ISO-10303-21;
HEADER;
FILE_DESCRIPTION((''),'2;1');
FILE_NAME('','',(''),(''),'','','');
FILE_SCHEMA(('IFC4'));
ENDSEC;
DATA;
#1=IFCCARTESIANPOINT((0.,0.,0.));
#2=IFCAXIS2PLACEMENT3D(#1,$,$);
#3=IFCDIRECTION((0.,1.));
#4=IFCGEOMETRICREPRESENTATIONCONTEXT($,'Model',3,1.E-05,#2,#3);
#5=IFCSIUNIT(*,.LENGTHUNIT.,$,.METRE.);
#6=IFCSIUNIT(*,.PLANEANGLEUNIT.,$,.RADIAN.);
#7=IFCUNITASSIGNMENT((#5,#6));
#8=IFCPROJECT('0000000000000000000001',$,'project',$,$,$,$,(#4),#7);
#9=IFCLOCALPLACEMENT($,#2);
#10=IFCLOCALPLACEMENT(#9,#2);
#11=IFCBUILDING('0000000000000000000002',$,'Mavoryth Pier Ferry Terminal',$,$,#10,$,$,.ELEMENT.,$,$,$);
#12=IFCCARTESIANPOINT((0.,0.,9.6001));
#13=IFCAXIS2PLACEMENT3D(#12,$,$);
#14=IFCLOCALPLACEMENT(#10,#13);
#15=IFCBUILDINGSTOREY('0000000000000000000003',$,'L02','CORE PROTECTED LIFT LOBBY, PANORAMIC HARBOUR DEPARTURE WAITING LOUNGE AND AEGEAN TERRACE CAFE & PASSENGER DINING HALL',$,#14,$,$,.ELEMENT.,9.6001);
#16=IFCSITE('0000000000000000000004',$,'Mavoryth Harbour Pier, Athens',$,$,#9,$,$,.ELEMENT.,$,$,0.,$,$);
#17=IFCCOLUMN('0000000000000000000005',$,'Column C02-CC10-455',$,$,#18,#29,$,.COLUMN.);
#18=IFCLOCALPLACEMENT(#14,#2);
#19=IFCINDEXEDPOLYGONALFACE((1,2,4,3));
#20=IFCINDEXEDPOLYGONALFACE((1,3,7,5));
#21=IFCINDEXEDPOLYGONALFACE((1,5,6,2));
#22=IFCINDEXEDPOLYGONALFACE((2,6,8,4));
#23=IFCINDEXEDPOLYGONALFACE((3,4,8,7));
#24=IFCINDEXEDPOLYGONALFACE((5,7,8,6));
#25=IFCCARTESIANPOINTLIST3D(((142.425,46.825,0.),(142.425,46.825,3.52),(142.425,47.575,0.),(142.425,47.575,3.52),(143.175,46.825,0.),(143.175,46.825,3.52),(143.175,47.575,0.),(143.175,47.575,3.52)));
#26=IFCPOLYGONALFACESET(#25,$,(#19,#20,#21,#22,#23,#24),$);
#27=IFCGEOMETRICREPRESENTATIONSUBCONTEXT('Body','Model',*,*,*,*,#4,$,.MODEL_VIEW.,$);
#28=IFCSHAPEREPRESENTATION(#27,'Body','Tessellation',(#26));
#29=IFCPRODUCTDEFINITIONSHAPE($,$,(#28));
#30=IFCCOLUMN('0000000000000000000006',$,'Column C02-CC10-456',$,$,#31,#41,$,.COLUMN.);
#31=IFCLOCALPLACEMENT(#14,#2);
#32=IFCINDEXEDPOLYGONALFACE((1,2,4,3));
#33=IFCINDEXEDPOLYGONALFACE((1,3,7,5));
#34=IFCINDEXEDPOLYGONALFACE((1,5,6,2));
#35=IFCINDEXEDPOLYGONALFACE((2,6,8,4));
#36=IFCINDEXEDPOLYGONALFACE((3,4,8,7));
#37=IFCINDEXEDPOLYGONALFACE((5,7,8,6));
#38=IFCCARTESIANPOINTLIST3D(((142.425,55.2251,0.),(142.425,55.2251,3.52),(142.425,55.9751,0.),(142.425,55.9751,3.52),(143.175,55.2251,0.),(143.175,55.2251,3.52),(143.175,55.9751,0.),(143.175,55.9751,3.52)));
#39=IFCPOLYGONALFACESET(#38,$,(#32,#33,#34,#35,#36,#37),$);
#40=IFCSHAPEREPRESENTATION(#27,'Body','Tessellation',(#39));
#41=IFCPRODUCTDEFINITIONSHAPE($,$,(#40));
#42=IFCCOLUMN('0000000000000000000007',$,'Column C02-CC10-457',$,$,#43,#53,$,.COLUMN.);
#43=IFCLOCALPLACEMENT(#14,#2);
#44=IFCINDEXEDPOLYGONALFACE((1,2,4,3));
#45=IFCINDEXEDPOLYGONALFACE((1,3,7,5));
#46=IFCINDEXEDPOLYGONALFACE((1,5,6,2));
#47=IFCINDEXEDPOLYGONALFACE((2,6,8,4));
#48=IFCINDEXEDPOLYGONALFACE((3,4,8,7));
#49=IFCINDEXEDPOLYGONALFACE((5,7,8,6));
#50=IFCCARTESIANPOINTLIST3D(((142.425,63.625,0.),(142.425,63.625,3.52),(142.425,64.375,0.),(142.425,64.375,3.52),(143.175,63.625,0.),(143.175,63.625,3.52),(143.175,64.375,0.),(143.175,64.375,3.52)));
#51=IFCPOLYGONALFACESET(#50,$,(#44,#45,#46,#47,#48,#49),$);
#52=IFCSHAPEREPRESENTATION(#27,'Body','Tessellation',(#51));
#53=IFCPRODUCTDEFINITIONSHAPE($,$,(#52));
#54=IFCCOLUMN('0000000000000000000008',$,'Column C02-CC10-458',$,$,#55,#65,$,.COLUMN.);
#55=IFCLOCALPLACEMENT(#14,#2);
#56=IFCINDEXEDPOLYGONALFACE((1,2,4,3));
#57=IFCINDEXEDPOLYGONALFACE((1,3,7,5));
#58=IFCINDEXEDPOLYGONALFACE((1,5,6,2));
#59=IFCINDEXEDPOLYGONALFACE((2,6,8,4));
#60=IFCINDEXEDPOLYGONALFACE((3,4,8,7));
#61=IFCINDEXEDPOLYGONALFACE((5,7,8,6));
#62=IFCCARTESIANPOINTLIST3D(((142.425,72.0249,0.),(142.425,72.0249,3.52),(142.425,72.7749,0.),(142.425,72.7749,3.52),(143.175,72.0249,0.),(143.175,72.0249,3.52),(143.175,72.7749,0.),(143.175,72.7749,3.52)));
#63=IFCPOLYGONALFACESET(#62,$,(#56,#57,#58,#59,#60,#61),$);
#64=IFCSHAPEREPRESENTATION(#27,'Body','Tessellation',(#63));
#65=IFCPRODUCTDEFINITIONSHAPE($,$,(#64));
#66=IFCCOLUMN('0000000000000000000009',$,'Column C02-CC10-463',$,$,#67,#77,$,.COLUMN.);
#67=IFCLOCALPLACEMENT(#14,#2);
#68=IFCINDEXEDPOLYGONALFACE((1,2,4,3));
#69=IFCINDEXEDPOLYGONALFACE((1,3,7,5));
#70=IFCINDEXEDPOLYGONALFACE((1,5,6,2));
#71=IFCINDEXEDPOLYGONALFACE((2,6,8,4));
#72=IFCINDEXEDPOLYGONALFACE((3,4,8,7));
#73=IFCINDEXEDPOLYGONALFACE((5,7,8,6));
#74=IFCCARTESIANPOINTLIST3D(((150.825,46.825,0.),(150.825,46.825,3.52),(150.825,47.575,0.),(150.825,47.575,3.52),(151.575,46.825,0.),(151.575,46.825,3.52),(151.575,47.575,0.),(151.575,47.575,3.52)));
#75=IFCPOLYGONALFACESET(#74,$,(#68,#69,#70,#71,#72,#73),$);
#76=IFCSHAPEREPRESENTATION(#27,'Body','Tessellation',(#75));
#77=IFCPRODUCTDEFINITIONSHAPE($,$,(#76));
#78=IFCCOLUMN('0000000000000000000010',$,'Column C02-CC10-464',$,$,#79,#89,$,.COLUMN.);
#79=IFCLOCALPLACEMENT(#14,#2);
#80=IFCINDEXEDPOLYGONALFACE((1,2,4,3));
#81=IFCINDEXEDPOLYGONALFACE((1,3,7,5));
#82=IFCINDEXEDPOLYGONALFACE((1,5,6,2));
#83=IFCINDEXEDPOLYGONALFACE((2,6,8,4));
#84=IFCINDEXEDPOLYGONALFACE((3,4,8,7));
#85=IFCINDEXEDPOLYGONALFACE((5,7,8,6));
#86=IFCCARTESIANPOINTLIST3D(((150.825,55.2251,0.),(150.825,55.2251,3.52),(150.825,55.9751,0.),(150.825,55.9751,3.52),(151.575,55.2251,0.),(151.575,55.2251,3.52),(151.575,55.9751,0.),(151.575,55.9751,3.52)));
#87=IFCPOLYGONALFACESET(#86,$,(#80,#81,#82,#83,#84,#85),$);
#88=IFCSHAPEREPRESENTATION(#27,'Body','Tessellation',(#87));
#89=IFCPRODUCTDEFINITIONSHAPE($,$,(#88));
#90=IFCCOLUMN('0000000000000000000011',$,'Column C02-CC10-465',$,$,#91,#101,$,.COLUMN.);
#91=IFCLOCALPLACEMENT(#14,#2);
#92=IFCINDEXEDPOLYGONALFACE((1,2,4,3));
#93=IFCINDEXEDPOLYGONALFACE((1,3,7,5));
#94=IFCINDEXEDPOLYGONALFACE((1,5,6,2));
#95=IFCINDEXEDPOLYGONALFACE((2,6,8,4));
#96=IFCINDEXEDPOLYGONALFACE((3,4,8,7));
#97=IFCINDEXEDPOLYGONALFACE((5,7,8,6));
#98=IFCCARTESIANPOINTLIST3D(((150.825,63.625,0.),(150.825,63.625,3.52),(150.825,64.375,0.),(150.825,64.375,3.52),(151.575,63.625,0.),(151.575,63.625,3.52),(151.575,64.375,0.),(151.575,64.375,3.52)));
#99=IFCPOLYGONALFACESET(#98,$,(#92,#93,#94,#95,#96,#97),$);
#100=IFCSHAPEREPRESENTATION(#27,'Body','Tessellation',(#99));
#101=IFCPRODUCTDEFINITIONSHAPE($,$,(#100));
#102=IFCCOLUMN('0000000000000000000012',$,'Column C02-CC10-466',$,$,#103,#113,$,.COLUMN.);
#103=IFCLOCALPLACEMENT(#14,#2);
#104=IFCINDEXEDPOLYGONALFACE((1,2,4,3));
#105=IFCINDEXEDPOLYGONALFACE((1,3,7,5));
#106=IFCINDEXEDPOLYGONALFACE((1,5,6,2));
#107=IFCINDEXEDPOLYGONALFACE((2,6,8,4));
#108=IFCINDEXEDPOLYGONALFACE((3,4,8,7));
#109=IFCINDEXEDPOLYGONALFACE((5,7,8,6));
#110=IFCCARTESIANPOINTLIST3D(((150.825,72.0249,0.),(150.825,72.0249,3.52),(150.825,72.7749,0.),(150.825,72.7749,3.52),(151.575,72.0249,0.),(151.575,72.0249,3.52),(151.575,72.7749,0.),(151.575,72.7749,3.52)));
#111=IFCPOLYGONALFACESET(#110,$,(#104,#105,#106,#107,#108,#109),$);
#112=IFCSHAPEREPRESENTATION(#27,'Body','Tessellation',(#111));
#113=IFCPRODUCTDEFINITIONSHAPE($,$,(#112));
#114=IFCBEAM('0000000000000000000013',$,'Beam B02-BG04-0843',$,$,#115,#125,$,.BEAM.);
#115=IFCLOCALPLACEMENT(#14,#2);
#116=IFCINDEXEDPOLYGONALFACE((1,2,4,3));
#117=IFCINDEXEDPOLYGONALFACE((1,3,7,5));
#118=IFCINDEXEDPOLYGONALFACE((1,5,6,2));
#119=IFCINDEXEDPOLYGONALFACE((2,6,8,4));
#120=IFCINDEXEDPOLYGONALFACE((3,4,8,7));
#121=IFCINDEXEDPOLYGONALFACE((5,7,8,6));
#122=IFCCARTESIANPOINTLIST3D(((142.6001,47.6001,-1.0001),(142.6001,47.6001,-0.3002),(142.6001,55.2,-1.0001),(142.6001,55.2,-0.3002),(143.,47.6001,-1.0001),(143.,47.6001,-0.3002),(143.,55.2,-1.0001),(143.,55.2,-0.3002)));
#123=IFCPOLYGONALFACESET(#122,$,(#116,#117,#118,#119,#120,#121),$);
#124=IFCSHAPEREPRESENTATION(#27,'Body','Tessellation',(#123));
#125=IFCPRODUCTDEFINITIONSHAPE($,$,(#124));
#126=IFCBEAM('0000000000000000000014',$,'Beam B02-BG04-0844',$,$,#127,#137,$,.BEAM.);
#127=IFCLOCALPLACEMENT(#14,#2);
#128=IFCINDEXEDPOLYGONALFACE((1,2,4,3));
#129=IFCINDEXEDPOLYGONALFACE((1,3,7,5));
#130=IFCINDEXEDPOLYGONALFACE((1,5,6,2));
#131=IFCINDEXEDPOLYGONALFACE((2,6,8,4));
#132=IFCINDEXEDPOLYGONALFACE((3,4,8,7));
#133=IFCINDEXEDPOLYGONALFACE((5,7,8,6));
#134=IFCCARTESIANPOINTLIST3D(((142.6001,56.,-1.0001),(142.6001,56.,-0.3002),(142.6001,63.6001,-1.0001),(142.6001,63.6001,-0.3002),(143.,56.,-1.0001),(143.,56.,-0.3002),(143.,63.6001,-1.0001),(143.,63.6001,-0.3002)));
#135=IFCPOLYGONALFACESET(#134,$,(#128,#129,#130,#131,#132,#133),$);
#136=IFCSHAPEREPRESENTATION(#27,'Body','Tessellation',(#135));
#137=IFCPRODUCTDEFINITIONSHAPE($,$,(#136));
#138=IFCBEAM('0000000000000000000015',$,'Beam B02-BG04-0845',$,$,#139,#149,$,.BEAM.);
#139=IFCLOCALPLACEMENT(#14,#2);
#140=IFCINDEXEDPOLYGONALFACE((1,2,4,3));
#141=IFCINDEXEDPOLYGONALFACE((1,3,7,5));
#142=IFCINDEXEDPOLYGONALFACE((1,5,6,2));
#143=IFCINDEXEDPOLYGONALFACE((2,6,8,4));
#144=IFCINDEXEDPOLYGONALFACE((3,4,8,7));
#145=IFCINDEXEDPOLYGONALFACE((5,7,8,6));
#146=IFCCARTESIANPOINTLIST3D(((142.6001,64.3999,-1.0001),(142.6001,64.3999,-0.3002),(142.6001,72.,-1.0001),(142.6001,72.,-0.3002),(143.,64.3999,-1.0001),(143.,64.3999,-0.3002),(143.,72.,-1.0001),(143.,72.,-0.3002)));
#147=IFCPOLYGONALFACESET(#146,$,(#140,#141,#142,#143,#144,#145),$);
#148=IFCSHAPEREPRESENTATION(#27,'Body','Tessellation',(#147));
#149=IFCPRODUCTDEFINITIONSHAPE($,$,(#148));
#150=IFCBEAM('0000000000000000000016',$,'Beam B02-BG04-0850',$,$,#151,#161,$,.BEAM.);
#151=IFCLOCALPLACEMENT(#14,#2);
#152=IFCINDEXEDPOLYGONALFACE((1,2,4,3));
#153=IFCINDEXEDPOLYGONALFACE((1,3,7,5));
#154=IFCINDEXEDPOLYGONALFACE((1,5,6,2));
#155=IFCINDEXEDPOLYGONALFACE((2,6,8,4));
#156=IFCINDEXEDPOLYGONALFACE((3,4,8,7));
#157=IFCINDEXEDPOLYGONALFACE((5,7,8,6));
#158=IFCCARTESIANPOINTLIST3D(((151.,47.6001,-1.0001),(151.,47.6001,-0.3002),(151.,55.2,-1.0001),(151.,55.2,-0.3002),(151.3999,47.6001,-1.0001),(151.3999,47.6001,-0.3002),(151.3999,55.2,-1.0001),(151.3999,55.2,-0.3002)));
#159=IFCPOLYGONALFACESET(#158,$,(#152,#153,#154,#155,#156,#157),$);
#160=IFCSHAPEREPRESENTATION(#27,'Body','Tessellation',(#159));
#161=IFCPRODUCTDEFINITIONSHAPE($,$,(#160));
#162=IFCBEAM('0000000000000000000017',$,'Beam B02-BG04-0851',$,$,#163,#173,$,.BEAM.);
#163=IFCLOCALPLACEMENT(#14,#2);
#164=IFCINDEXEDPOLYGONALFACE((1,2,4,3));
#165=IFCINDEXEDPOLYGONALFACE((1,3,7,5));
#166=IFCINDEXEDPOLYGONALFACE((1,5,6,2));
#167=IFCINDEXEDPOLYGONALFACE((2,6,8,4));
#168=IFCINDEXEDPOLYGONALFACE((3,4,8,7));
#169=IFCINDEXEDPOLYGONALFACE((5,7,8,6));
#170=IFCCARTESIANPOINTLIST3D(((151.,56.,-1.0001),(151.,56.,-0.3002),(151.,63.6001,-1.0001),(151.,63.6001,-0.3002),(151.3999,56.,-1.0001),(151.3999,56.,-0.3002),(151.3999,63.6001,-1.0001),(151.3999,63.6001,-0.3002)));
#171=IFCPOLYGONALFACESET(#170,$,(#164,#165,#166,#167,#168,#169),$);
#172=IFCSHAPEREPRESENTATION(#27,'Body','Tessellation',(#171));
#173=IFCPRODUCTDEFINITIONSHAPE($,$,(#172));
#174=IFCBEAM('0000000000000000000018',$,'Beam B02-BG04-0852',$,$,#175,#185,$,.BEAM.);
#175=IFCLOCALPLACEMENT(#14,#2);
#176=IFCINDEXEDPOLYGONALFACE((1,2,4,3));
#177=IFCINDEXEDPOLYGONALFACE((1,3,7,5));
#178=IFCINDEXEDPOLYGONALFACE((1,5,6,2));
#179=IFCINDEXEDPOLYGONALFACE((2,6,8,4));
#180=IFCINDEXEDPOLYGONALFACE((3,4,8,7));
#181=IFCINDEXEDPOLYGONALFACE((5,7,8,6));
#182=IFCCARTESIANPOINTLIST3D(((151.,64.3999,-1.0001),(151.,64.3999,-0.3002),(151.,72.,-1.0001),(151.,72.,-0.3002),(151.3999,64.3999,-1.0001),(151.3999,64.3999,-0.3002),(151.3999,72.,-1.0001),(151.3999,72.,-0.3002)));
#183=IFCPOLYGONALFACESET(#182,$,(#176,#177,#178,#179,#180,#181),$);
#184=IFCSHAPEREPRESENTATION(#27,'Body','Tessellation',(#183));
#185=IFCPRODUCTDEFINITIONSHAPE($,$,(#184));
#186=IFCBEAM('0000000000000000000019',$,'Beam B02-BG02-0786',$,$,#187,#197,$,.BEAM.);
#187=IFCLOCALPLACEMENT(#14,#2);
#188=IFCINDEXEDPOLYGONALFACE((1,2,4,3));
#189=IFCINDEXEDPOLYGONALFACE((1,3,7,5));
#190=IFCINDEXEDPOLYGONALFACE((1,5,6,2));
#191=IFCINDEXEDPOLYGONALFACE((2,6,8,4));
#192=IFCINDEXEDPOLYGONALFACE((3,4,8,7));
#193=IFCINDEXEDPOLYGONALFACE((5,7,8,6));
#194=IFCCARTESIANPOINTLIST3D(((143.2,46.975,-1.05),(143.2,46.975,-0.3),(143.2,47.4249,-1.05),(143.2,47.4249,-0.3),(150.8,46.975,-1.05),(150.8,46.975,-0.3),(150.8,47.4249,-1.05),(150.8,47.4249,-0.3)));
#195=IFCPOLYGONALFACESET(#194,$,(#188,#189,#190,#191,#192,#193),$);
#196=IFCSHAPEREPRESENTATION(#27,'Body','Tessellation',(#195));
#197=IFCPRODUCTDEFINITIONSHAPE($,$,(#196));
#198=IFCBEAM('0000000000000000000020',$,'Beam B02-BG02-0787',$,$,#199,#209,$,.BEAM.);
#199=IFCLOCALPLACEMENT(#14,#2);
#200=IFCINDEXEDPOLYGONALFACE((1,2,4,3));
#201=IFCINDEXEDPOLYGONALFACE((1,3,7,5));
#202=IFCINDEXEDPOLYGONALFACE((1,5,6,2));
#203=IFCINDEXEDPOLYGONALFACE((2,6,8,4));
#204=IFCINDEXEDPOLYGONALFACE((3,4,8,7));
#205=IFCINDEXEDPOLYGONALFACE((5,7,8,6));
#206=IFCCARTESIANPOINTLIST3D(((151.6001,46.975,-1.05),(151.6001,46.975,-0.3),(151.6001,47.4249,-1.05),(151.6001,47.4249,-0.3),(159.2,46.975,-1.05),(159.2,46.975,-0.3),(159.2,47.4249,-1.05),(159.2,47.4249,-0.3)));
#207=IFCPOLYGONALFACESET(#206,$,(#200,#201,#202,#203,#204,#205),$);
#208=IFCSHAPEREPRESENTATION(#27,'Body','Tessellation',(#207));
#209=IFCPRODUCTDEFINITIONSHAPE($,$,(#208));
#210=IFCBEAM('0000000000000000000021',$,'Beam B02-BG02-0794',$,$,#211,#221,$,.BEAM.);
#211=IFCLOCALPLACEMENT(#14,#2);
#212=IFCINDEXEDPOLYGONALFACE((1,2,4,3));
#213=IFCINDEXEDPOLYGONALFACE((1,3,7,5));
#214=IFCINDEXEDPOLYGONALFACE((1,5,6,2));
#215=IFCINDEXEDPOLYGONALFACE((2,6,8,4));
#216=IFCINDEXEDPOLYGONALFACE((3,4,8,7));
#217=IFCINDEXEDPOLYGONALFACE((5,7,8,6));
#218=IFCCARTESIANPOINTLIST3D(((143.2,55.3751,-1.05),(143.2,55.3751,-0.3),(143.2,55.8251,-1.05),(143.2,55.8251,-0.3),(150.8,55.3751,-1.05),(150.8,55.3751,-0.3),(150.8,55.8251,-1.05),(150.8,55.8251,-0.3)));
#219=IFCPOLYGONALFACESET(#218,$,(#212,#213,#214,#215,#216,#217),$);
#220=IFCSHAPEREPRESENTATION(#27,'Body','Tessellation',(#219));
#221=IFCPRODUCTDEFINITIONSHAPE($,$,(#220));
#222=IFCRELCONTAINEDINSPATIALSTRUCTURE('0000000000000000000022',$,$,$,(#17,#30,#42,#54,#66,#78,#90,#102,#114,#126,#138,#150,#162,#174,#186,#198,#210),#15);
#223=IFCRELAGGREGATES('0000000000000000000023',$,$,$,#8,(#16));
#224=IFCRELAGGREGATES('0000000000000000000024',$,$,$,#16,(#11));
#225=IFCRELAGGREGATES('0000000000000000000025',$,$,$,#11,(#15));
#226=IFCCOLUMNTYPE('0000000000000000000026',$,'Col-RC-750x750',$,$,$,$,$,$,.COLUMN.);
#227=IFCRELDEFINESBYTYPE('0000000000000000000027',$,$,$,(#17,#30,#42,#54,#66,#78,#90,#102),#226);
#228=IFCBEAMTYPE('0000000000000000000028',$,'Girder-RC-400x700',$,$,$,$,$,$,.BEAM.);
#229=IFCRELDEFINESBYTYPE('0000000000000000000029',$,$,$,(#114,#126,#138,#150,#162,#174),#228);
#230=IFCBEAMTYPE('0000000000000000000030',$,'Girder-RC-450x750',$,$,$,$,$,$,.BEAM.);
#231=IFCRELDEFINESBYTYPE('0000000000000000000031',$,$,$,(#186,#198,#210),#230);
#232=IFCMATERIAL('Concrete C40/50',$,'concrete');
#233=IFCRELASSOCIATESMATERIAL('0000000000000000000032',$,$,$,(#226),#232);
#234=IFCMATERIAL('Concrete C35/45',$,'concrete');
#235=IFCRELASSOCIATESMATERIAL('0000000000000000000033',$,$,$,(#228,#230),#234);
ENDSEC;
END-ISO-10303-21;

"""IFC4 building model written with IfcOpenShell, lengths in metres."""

from ifc_helpers import new_model, si_unit, direction, frame, origin, origin_2d, place, context, subcontext, project, spatial, rectangle, extrude, material, material_profile, profile_set, type_object, element, save


model = new_model("IFC4")

# Units and contexts
model_context = context("Model", 3, precision=1e-05, world=origin(), true_north=direction((0.0, 1.0)))
body_context = subcontext(model_context, "Body", "Model", "MODEL_VIEW")
ifc_project = project(units=[si_unit("LENGTHUNIT", "METRE"), si_unit("PLANEANGLEUNIT", "RADIAN")], contexts=[model_context])

# Site, building, storey
site_placement = place(None, origin())
site = spatial("IfcSite", under=ifc_project, at=site_placement, Name="Mavoryth Harbour Pier, Athens", CompositionType="ELEMENT", RefElevation=0.0)
building_placement = place(site_placement, origin())
building = spatial("IfcBuilding", under=site, at=building_placement, Name="Mavoryth Pier Ferry Terminal", CompositionType="ELEMENT")
storey_placement = place(building_placement, frame((0.0, 0.0, 9.6001)))
storey = spatial("IfcBuildingStorey", under=building, at=storey_placement, Name="L02", Description="CORE PROTECTED LIFT LOBBY, PANORAMIC HARBOUR DEPARTURE WAITING LOUNGE AND AEGEAN TERRACE CAFE & PASSENGER DINING HALL", CompositionType="ELEMENT", Elevation=9.6001)

# Columns
ifc_material_1 = material(Name="Concrete C40/50", Category="concrete")
ifc_material_profile_1 = material_profile(ifc_material_1, rectangle(XDim=0.75, YDim=0.75, at=origin_2d()), Name="RC 750x750", Category="concrete")
ifc_profile_set_1 = profile_set([ifc_material_profile_1], Name="Concrete C40/50 - RC 750x750")
column_type = type_object("IfcColumnType", Name="Col-RC-750x750", PredefinedType="COLUMN", material=ifc_profile_set_1)
for number, where, z_axis, x_axis, name in (
    (1, (142.8, 47.2, 0.0), (0.0, 0.0, 1.0), (1.0, 0.0, 0.0), "Column C02-CC10-455"),
    (2, (142.8, 55.6001, 0.0), (0.0, 0.0, 1.0), (1.0, 0.0, 0.0), "Column C02-CC10-456"),
    (3, (142.8, 64.0, 0.0), (0.0, 0.0, 1.0), (1.0, 0.0, 0.0), "Column C02-CC10-457"),
    (4, (142.8, 72.3999, 0.0), (0.0, 0.0, 1.0), (1.0, 0.0, 0.0), "Column C02-CC10-458"),
    (5, (151.2, 47.2, 0.0), (0.0, 0.0, 1.0), (1.0, 0.0, 0.0), "Column C02-CC10-463"),
    (6, (151.2, 55.6001, 0.0), (0.0, 0.0, 1.0), (1.0, 0.0, 0.0), "Column C02-CC10-464"),
    (7, (151.2, 64.0, 0.0), (0.0, 0.0, 1.0), (1.0, 0.0, 0.0), "Column C02-CC10-465"),
    (8, (151.2, 72.3999, 0.0), (0.0, 0.0, 1.0), (1.0, 0.0, 0.0), "Column C02-CC10-466"),
):
    element("IfcColumn", number, at=place(storey_placement, frame(where, z_axis=z_axis, x_axis=x_axis)), inside=storey, type_object=column_type, Name=name, PredefinedType="COLUMN", context=body_context, shape_type="SweptSolid", body=[
        extrude(rectangle(XDim=0.75, YDim=0.75, at=origin_2d()), origin(), (0.0, 0.0, 1.0), 3.52),
    ])

# Beams
ifc_material_2 = material(Name="Concrete C35/45", Category="concrete")
ifc_material_profile_2 = material_profile(ifc_material_2, rectangle(XDim=0.3999, YDim=0.7, at=origin_2d()), Name="RC 400x700", Category="concrete")
ifc_profile_set_2 = profile_set([ifc_material_profile_2], Name="Concrete C35/45 - RC 400x700")
beam_type_1 = type_object("IfcBeamType", Name="Girder-RC-400x700", PredefinedType="BEAM", material=ifc_profile_set_2)
beam_1_placement = place(storey_placement, frame((142.8, 47.6001, -0.6501), z_axis=(0.0, 1.0, 0.0), x_axis=(-1.0, 0.0, 0.0)))
element("IfcBeam", 9, at=beam_1_placement, inside=storey, type_object=beam_type_1, Name="Beam B02-BG04-0843", PredefinedType="BEAM", context=body_context, shape_type="SweptSolid", body=[
    extrude(rectangle(XDim=0.3999, YDim=0.7, at=origin_2d()), origin(), (0.0, 0.0, 1.0), 7.5999),
])
for number, where, z_axis, x_axis, name in (
    (10, (142.8, 56.0, -0.6501), (0.0, 1.0, 0.0), (-1.0, 0.0, 0.0), "Beam B02-BG04-0844"),
    (11, (142.8, 64.3999, -0.6501), (0.0, 1.0, 0.0), (-1.0, 0.0, 0.0), "Beam B02-BG04-0845"),
):
    element("IfcBeam", number, at=place(storey_placement, frame(where, z_axis=z_axis, x_axis=x_axis)), inside=storey, type_object=beam_type_1, Name=name, PredefinedType="BEAM", context=body_context, shape_type="SweptSolid", body=[
        extrude(rectangle(XDim=0.3999, YDim=0.7, at=origin_2d()), origin(), (0.0, 0.0, 1.0), 7.6001),
    ])
beam_2_placement = place(storey_placement, frame((151.2, 47.6001, -0.6501), z_axis=(0.0, 1.0, 0.0), x_axis=(-1.0, 0.0, 0.0)))
element("IfcBeam", 12, at=beam_2_placement, inside=storey, type_object=beam_type_1, Name="Beam B02-BG04-0850", PredefinedType="BEAM", context=body_context, shape_type="SweptSolid", body=[
    extrude(rectangle(XDim=0.3999, YDim=0.7, at=origin_2d()), origin(), (0.0, 0.0, 1.0), 7.5999),
])
for number, where, z_axis, x_axis, name in (
    (13, (151.2, 56.0, -0.6501), (0.0, 1.0, 0.0), (-1.0, 0.0, 0.0), "Beam B02-BG04-0851"),
    (14, (151.2, 64.3999, -0.6501), (0.0, 1.0, 0.0), (-1.0, 0.0, 0.0), "Beam B02-BG04-0852"),
):
    element("IfcBeam", number, at=place(storey_placement, frame(where, z_axis=z_axis, x_axis=x_axis)), inside=storey, type_object=beam_type_1, Name=name, PredefinedType="BEAM", context=body_context, shape_type="SweptSolid", body=[
        extrude(rectangle(XDim=0.3999, YDim=0.7, at=origin_2d()), origin(), (0.0, 0.0, 1.0), 7.6001),
    ])
ifc_material_profile_3 = material_profile(ifc_material_2, rectangle(XDim=0.45, YDim=0.75, at=origin_2d()), Name="RC 450x750", Category="concrete")
ifc_profile_set_3 = profile_set([ifc_material_profile_3], Name="Concrete C35/45 - RC 450x750")
beam_type_2 = type_object("IfcBeamType", Name="Girder-RC-450x750", PredefinedType="BEAM", material=ifc_profile_set_3)
beam_3_placement = place(storey_placement, frame((143.2, 47.2, -0.675), z_axis=(1.0, 0.0, 0.0), x_axis=(0.0, 1.0, 0.0)))
element("IfcBeam", 15, at=beam_3_placement, inside=storey, type_object=beam_type_2, Name="Beam B02-BG02-0786", PredefinedType="BEAM", context=body_context, shape_type="SweptSolid", body=[
    extrude(rectangle(XDim=0.45, YDim=0.75, at=origin_2d()), origin(), (0.0, 0.0, 1.0), 7.6001),
])
beam_4_placement = place(storey_placement, frame((151.6001, 47.2, -0.675), z_axis=(1.0, 0.0, 0.0), x_axis=(0.0, 1.0, 0.0)))
element("IfcBeam", 16, at=beam_4_placement, inside=storey, type_object=beam_type_2, Name="Beam B02-BG02-0787", PredefinedType="BEAM", context=body_context, shape_type="SweptSolid", body=[
    extrude(rectangle(XDim=0.45, YDim=0.75, at=origin_2d()), origin(), (0.0, 0.0, 1.0), 7.5999),
])
beam_5_placement = place(storey_placement, frame((143.2, 55.6001, -0.675), z_axis=(1.0, 0.0, 0.0), x_axis=(0.0, 1.0, 0.0)))
element("IfcBeam", 17, at=beam_5_placement, inside=storey, type_object=beam_type_2, Name="Beam B02-BG02-0794", PredefinedType="BEAM", context=body_context, shape_type="SweptSolid", body=[
    extrude(rectangle(XDim=0.45, YDim=0.75, at=origin_2d()), origin(), (0.0, 0.0, 1.0), 7.6001),
])

save(model, "model.ifc")
